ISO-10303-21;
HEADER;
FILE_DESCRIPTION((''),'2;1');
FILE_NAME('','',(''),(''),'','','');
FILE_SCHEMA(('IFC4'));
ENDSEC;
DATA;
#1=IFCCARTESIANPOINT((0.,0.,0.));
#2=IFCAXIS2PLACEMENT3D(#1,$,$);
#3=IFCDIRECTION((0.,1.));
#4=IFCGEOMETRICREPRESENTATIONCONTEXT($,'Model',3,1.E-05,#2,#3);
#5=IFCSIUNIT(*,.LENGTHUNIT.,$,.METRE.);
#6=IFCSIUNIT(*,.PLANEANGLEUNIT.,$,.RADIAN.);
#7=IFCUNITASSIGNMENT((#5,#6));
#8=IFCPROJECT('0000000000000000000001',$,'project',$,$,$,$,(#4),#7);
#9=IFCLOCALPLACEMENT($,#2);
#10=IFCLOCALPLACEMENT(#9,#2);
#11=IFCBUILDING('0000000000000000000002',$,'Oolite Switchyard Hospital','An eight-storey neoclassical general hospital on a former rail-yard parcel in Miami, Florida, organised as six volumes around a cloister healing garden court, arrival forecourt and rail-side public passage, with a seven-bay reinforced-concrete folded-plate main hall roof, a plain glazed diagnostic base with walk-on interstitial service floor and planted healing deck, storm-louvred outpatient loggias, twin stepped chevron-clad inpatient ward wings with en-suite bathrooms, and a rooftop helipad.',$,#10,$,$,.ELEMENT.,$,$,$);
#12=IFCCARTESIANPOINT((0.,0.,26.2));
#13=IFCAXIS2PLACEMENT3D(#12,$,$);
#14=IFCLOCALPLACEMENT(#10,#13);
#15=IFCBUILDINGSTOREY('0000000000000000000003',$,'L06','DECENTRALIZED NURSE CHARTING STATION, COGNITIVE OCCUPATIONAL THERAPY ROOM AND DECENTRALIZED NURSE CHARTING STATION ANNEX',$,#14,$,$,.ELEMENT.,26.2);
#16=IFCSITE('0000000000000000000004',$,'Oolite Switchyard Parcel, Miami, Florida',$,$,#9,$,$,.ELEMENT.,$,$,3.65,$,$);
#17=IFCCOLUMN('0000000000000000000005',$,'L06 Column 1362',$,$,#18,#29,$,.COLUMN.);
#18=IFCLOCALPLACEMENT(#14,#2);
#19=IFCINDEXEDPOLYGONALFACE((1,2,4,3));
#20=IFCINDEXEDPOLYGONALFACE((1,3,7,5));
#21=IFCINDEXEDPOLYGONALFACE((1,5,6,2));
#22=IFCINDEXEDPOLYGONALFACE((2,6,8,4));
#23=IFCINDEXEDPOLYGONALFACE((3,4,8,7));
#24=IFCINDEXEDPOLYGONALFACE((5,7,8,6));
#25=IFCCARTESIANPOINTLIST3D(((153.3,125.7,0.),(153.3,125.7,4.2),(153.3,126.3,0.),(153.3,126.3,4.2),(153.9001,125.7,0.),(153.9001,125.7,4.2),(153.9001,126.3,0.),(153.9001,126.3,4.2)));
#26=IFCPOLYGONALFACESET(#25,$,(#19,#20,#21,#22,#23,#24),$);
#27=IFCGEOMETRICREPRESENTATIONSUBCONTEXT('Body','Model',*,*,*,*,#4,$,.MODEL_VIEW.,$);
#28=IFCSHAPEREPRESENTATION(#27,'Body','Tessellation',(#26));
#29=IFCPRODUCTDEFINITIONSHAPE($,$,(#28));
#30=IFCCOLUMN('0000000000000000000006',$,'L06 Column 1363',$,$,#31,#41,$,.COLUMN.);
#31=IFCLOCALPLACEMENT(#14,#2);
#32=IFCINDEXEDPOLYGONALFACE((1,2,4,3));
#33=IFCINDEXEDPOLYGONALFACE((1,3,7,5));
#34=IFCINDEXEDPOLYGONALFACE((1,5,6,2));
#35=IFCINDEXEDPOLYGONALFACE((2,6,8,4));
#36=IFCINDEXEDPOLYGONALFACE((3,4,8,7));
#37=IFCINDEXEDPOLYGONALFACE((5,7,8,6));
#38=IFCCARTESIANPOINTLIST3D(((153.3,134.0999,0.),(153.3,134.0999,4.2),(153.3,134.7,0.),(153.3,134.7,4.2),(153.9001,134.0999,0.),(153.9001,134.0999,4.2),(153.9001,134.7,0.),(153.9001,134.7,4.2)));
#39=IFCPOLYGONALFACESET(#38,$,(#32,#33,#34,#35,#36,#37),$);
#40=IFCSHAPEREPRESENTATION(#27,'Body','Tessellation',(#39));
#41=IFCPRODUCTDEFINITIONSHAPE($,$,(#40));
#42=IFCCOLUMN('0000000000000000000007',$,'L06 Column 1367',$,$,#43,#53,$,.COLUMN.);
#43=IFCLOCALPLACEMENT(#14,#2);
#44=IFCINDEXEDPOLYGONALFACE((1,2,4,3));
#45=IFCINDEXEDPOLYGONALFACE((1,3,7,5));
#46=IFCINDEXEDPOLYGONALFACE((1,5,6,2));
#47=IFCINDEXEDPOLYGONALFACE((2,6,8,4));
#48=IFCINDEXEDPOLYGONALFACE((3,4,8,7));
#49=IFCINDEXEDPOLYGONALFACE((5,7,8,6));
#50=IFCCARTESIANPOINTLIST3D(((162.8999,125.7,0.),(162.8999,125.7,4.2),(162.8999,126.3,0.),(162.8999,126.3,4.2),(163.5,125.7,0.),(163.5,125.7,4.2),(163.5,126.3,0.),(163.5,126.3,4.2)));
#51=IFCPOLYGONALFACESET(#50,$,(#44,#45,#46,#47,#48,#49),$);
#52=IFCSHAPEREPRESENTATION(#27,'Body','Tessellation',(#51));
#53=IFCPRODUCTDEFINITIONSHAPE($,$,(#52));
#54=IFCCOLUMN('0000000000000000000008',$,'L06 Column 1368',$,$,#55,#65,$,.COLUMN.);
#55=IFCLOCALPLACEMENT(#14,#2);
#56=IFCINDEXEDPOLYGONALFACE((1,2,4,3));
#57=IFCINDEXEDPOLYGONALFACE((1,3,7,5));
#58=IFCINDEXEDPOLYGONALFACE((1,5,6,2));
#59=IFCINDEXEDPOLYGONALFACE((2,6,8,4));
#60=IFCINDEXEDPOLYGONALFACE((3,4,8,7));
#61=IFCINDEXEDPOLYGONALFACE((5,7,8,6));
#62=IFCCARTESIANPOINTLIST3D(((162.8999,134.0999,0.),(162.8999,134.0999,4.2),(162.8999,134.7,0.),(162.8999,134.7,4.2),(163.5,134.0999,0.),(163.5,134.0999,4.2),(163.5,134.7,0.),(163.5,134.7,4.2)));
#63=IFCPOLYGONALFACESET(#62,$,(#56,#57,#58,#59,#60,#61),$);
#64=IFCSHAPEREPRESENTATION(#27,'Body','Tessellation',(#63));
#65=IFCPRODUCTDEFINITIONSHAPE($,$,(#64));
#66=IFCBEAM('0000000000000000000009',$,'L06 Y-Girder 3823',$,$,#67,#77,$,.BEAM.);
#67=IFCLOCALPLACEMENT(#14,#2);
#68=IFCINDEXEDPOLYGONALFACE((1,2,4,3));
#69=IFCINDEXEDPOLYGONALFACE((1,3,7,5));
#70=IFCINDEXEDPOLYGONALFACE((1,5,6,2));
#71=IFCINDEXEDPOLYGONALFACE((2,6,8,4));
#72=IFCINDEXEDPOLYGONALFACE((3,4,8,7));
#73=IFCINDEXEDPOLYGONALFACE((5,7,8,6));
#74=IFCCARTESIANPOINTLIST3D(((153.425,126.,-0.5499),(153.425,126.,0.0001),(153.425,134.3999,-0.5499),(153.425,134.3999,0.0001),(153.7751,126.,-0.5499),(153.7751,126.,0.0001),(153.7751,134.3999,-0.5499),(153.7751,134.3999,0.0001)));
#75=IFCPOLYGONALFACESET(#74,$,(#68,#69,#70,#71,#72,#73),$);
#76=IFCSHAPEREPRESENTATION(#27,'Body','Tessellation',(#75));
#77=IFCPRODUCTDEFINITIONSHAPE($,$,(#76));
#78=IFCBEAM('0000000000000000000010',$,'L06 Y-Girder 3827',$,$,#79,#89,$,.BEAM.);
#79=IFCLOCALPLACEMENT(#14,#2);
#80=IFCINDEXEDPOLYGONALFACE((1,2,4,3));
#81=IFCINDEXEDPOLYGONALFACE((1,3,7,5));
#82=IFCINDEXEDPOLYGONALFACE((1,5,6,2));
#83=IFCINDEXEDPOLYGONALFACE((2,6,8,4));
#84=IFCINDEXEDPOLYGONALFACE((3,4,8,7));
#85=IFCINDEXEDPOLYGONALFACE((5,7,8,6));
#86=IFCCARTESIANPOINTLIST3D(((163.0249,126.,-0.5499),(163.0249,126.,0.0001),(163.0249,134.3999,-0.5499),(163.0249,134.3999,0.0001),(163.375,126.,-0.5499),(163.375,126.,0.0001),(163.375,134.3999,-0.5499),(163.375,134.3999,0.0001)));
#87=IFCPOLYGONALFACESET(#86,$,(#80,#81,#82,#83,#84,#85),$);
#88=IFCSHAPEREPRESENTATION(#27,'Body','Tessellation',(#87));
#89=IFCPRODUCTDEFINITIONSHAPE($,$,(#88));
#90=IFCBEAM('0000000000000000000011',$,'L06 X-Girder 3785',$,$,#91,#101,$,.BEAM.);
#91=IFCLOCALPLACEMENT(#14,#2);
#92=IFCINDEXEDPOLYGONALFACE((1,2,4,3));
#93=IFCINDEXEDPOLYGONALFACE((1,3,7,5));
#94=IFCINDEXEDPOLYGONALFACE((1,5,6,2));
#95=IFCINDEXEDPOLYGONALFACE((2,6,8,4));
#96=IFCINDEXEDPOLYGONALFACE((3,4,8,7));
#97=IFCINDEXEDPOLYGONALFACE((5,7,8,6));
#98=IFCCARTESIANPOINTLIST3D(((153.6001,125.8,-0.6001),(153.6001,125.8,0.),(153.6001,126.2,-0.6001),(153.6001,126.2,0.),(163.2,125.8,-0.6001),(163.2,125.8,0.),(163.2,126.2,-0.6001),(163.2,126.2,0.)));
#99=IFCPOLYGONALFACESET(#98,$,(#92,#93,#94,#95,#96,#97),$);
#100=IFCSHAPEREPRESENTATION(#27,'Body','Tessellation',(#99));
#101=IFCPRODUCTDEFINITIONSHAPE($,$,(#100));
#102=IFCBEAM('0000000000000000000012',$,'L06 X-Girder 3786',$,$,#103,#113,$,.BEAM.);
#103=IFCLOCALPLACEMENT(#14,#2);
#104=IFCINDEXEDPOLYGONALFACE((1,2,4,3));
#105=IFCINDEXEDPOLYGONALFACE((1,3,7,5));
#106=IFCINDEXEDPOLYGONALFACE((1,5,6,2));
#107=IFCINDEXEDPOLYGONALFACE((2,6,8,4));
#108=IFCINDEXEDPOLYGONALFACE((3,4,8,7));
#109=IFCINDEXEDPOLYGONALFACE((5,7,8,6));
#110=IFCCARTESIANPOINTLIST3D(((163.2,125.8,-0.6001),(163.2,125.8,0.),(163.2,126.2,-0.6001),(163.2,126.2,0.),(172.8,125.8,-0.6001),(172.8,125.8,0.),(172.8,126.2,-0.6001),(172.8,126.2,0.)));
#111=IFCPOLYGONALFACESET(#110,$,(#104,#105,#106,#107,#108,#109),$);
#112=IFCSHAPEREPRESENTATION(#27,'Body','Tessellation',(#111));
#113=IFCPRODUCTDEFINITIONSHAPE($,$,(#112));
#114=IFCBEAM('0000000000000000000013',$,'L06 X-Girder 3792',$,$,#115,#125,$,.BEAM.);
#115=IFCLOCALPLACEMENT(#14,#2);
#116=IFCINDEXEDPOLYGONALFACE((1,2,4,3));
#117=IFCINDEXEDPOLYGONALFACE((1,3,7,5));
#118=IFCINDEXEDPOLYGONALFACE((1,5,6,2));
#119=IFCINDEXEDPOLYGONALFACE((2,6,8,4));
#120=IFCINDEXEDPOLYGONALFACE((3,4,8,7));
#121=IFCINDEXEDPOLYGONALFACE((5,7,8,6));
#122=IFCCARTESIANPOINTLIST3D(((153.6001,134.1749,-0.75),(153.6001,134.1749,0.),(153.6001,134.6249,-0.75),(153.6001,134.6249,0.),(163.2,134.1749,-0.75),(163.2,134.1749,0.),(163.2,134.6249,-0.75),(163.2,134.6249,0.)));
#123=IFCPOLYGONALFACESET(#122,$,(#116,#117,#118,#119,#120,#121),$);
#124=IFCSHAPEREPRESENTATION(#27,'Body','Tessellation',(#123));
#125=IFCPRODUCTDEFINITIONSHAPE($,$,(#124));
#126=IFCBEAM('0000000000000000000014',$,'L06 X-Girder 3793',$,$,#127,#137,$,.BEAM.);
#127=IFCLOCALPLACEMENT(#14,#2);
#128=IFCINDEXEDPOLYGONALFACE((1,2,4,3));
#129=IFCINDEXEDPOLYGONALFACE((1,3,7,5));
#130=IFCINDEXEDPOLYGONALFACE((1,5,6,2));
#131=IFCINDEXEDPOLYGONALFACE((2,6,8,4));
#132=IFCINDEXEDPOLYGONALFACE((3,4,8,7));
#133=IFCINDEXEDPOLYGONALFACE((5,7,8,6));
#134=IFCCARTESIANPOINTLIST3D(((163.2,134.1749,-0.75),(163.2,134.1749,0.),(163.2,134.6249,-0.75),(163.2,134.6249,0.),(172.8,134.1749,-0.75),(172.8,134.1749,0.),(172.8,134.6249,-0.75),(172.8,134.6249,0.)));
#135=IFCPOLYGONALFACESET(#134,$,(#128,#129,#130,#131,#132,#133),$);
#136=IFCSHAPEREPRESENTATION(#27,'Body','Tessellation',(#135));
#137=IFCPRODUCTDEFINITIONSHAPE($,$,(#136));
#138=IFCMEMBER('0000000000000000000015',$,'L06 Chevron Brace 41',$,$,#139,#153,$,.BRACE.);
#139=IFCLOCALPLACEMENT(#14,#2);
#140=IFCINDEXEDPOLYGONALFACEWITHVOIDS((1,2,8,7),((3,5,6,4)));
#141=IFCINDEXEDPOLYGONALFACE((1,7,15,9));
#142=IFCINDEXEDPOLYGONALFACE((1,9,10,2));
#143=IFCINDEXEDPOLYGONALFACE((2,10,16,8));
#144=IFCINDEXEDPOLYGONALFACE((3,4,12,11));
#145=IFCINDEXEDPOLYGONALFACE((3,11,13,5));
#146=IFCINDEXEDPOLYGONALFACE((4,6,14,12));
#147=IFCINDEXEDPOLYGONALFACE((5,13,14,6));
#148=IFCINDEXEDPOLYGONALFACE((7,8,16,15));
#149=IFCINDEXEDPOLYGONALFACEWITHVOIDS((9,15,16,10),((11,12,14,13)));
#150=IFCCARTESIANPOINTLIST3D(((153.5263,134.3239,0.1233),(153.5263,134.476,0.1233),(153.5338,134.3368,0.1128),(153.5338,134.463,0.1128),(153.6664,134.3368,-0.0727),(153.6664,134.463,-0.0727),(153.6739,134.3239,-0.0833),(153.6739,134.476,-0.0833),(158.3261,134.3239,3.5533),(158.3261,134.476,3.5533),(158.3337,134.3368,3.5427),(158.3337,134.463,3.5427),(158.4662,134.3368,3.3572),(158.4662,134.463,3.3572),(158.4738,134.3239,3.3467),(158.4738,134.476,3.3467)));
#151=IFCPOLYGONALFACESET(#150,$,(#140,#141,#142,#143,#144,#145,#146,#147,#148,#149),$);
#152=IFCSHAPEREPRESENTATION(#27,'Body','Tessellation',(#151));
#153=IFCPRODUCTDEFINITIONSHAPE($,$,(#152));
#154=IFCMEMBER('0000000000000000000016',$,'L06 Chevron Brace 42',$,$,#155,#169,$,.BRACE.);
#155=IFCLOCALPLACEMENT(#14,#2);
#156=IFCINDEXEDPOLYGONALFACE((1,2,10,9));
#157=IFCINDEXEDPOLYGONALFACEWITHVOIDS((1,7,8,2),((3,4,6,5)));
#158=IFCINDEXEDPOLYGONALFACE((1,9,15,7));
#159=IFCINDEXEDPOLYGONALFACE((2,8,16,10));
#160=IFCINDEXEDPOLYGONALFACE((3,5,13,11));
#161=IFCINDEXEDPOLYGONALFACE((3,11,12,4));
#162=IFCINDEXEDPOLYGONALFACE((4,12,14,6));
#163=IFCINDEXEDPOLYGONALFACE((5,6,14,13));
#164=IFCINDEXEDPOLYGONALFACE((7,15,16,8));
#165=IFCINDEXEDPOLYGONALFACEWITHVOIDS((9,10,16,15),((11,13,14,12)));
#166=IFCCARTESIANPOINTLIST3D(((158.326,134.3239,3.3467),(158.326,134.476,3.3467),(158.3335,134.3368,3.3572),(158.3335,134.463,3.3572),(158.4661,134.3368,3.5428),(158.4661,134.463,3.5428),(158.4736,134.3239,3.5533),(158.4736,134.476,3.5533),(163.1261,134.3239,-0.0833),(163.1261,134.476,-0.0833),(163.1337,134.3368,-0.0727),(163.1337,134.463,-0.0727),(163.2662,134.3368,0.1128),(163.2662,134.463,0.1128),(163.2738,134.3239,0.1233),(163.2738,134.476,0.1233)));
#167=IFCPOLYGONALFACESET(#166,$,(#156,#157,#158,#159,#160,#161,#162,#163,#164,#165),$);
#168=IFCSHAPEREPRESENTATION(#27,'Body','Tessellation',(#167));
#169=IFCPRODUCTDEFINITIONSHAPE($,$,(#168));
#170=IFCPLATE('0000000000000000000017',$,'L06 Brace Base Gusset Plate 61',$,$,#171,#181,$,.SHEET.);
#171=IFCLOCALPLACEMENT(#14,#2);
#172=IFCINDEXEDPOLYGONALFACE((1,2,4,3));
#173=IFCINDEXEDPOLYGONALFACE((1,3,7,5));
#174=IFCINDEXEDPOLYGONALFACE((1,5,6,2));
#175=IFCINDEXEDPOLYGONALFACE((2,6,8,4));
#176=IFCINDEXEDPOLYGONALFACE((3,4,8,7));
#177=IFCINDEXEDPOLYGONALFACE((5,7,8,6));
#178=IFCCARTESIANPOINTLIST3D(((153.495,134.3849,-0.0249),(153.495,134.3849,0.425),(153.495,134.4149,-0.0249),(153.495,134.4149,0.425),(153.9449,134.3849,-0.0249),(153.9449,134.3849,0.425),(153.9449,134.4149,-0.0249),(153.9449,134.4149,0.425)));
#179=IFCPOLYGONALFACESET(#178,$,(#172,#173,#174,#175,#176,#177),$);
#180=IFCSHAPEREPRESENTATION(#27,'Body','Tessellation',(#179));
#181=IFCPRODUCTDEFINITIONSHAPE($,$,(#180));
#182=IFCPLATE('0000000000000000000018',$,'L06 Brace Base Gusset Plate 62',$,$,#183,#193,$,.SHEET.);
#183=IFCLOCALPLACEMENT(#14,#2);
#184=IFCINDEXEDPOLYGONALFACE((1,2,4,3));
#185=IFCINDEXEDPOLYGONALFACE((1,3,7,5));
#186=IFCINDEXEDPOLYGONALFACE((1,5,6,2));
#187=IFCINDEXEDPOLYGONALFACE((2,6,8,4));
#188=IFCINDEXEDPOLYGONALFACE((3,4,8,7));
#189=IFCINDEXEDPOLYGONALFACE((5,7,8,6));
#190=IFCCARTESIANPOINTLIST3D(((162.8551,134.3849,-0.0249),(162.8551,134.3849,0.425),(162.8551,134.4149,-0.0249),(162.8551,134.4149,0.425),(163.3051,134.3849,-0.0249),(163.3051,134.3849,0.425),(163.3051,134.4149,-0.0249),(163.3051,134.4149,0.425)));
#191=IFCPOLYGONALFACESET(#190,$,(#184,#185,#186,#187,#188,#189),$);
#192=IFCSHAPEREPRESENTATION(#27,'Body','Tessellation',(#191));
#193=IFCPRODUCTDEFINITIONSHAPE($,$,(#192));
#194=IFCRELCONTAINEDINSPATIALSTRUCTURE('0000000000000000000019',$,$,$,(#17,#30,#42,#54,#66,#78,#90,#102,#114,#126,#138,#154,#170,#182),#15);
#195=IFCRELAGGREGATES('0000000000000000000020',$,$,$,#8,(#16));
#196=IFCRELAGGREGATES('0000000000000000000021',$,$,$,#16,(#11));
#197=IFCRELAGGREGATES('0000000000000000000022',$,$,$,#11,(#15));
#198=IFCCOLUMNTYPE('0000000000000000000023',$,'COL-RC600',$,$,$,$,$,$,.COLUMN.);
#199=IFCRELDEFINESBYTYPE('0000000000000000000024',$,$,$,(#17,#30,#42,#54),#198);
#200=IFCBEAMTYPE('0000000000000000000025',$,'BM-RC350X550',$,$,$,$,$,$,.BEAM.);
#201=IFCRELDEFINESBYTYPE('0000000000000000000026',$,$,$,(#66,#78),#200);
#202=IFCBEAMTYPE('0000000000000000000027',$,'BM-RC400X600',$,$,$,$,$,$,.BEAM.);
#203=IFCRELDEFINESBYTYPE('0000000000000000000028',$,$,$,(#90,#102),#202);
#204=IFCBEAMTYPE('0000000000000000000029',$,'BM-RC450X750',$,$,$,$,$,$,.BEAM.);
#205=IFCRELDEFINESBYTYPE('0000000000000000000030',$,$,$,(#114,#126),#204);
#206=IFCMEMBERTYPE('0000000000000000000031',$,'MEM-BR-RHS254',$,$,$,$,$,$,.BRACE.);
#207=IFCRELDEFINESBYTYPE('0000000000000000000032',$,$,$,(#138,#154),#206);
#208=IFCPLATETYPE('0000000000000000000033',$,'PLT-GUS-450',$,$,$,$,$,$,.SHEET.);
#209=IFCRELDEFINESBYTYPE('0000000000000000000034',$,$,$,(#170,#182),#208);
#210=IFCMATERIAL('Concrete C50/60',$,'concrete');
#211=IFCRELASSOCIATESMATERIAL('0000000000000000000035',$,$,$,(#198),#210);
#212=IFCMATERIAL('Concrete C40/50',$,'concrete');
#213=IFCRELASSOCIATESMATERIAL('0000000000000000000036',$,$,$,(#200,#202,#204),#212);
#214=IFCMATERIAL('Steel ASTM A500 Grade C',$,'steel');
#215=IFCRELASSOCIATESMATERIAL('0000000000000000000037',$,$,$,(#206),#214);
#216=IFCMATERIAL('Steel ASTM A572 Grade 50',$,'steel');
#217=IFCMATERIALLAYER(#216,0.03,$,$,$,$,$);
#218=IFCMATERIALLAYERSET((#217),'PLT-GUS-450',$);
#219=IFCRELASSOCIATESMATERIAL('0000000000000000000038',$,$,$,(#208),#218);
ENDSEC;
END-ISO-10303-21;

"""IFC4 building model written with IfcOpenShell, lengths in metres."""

from ifc_helpers import new_model, si_unit, direction, frame, origin, origin_2d, place, context, subcontext, project, spatial, rectangle, hollow_rectangle, extrude, material, layer, layer_set, material_profile, profile_set, type_object, element, save


model = new_model("IFC4")

# Units and contexts
model_context = context("Model", 3, precision=1e-05, world=origin(), true_north=direction((0.0, 1.0)))
body_context = subcontext(model_context, "Body", "Model", "MODEL_VIEW")
ifc_project = project(units=[si_unit("LENGTHUNIT", "METRE"), si_unit("PLANEANGLEUNIT", "RADIAN")], contexts=[model_context])

# Site, building, storey
site_placement = place(None, origin())
site = spatial("IfcSite", under=ifc_project, at=site_placement, Name="Oolite Switchyard Parcel, Miami, Florida", CompositionType="ELEMENT", RefElevation=3.65)
building_placement = place(site_placement, origin())
building = spatial("IfcBuilding", under=site, at=building_placement, Name="Oolite Switchyard Hospital", Description="An eight-storey neoclassical general hospital on a former rail-yard parcel in Miami, Florida, organised as six volumes around a cloister healing garden court, arrival forecourt and rail-side public passage, with a seven-bay reinforced-concrete folded-plate main hall roof, a plain glazed diagnostic base with walk-on interstitial service floor and planted healing deck, storm-louvred outpatient loggias, twin stepped chevron-clad inpatient ward wings with en-suite bathrooms, and a rooftop helipad.", CompositionType="ELEMENT")
storey_placement = place(building_placement, frame((0.0, 0.0, 26.2)))
storey = spatial("IfcBuildingStorey", under=building, at=storey_placement, Name="L06", Description="DECENTRALIZED NURSE CHARTING STATION, COGNITIVE OCCUPATIONAL THERAPY ROOM AND DECENTRALIZED NURSE CHARTING STATION ANNEX", CompositionType="ELEMENT", Elevation=26.2)

# Columns
ifc_material_1 = material(Name="Concrete C50/60", Category="concrete")
ifc_material_profile_1 = material_profile(ifc_material_1, rectangle(XDim=0.6001, YDim=0.6001, at=origin_2d()), Name="RC600X600")
ifc_profile_set_1 = profile_set([ifc_material_profile_1], Name="Concrete C50/60")
column_type = type_object("IfcColumnType", Name="COL-RC600", PredefinedType="COLUMN", material=ifc_profile_set_1)
for number, where, z_axis, x_axis, name in (
    (1, (153.6001, 126.0, 0.0), (0.0, 0.0, 1.0), (1.0, 0.0, 0.0), "L06 Column 1362"),
    (2, (153.6001, 134.3999, 0.0), (0.0, 0.0, 1.0), (1.0, 0.0, 0.0), "L06 Column 1363"),
    (3, (163.2, 126.0, 0.0), (0.0, 0.0, 1.0), (1.0, 0.0, 0.0), "L06 Column 1367"),
    (4, (163.2, 134.3999, 0.0), (0.0, 0.0, 1.0), (1.0, 0.0, 0.0), "L06 Column 1368"),
):
    element("IfcColumn", number, at=place(storey_placement, frame(where, z_axis=z_axis, x_axis=x_axis)), inside=storey, type_object=column_type, Name=name, PredefinedType="COLUMN", context=body_context, shape_type="SweptSolid", body=[
        extrude(rectangle(XDim=0.6001, YDim=0.6001, at=origin_2d()), origin(), (0.0, 0.0, 1.0), 4.2),
    ])

# Beams
ifc_material_2 = material(Name="Concrete C40/50", Category="concrete")
ifc_material_profile_2 = material_profile(ifc_material_2, rectangle(XDim=0.3501, YDim=0.55, at=origin_2d()), Name="RCB350X550")
ifc_profile_set_2 = profile_set([ifc_material_profile_2], Name="Concrete C40/50")
beam_type_1 = type_object("IfcBeamType", Name="BM-RC350X550", PredefinedType="BEAM", material=ifc_profile_set_2)
for number, where, z_axis, x_axis, name in (
    (5, (153.6001, 126.0, -0.2749), (0.0, 1.0, 0.0), (-1.0, 0.0, 0.0), "L06 Y-Girder 3823"),
    (6, (163.2, 126.0, -0.2749), (0.0, 1.0, 0.0), (-1.0, 0.0, 0.0), "L06 Y-Girder 3827"),
):
    element("IfcBeam", number, at=place(storey_placement, frame(where, z_axis=z_axis, x_axis=x_axis)), inside=storey, type_object=beam_type_1, Name=name, PredefinedType="BEAM", context=body_context, shape_type="SweptSolid", body=[
        extrude(rectangle(XDim=0.3501, YDim=0.55, at=origin_2d()), origin(), (0.0, 0.0, 1.0), 8.3999),
    ])
ifc_material_profile_3 = material_profile(ifc_material_2, rectangle(XDim=0.3999, YDim=0.6001, at=origin_2d()), Name="RCB400X600")
ifc_profile_set_3 = profile_set([ifc_material_profile_3], Name="Concrete C40/50")
beam_type_2 = type_object("IfcBeamType", Name="BM-RC400X600", PredefinedType="BEAM", material=ifc_profile_set_3)
beam_1_placement = place(storey_placement, frame((153.6001, 126.0, -0.3), z_axis=(1.0, 0.0, 0.0), x_axis=(0.0, 1.0, 0.0)))
element("IfcBeam", 7, at=beam_1_placement, inside=storey, type_object=beam_type_2, Name="L06 X-Girder 3785", PredefinedType="BEAM", context=body_context, shape_type="SweptSolid", body=[
    extrude(rectangle(XDim=0.3999, YDim=0.6001, at=origin_2d()), origin(), (0.0, 0.0, 1.0), 9.5999),
])
beam_2_placement = place(storey_placement, frame((163.2, 126.0, -0.3), z_axis=(1.0, 0.0, 0.0), x_axis=(0.0, 1.0, 0.0)))
element("IfcBeam", 8, at=beam_2_placement, inside=storey, type_object=beam_type_2, Name="L06 X-Girder 3786", PredefinedType="BEAM", context=body_context, shape_type="SweptSolid", body=[
    extrude(rectangle(XDim=0.3999, YDim=0.6001, at=origin_2d()), origin(), (0.0, 0.0, 1.0), 9.6001),
])
ifc_material_profile_4 = material_profile(ifc_material_2, rectangle(XDim=0.45, YDim=0.75, at=origin_2d()), Name="RCB450X750")
ifc_profile_set_4 = profile_set([ifc_material_profile_4], Name="Concrete C40/50")
beam_type_3 = type_object("IfcBeamType", Name="BM-RC450X750", PredefinedType="BEAM", material=ifc_profile_set_4)
beam_3_placement = place(storey_placement, frame((153.6001, 134.3999, -0.375), z_axis=(1.0, 0.0, 0.0), x_axis=(0.0, 1.0, 0.0)))
element("IfcBeam", 9, at=beam_3_placement, inside=storey, type_object=beam_type_3, Name="L06 X-Girder 3792", PredefinedType="BEAM", context=body_context, shape_type="SweptSolid", body=[
    extrude(rectangle(XDim=0.45, YDim=0.75, at=origin_2d()), origin(), (0.0, 0.0, 1.0), 9.5999),
])
beam_4_placement = place(storey_placement, frame((163.2, 134.3999, -0.375), z_axis=(1.0, 0.0, 0.0), x_axis=(0.0, 1.0, 0.0)))
element("IfcBeam", 10, at=beam_4_placement, inside=storey, type_object=beam_type_3, Name="L06 X-Girder 3793", PredefinedType="BEAM", context=body_context, shape_type="SweptSolid", body=[
    extrude(rectangle(XDim=0.45, YDim=0.75, at=origin_2d()), origin(), (0.0, 0.0, 1.0), 9.6001),
])

# Members
ifc_material_3 = material(Name="Steel ASTM A500 Grade C", Category="steel")
ifc_material_profile_5 = material_profile(ifc_material_3, hollow_rectangle(XDim=0.1521, YDim=0.2539, WallThickness=0.0129, at=origin_2d()), Name="HSS254X152X13")
ifc_profile_set_5 = profile_set([ifc_material_profile_5], Name="Steel ASTM A500 Grade C")
member_type = type_object("IfcMemberType", Name="MEM-BR-RHS254", PredefinedType="BRACE", material=ifc_profile_set_5)
member_1_placement = place(storey_placement, frame((153.6001, 134.3999, 0.02), z_axis=(0.813613, 0.0, 0.581407), x_axis=(0.0, 1.0, 0.0)))
element("IfcMember", 11, at=member_1_placement, inside=storey, type_object=member_type, Name="L06 Chevron Brace 41", PredefinedType="BRACE", context=body_context, shape_type="SweptSolid", body=[
    extrude(hollow_rectangle(XDim=0.1521, YDim=0.2539, WallThickness=0.0129, at=origin_2d()), origin(), (0.0, 0.0, 1.0), 5.8994),
])
member_2_placement = place(storey_placement, frame((163.2, 134.3999, 0.02), z_axis=(-0.813627, 0.0, 0.581387), x_axis=(0.0, -1.0, 0.0)))
element("IfcMember", 12, at=member_2_placement, inside=storey, type_object=member_type, Name="L06 Chevron Brace 42", PredefinedType="BRACE", context=body_context, shape_type="SweptSolid", body=[
    extrude(hollow_rectangle(XDim=0.1521, YDim=0.2539, WallThickness=0.0129, at=origin_2d()), origin(), (0.0, 0.0, 1.0), 5.8997),
])

# Plates
ifc_material_4 = material(Name="Steel ASTM A572 Grade 50", Category="steel")
ifc_layer_1 = layer(ifc_material_4, 0.03)
ifc_layer_set_1 = layer_set([ifc_layer_1], Name="PLT-GUS-450")
plate_type = type_object("IfcPlateType", Name="PLT-GUS-450", PredefinedType="SHEET", material=ifc_layer_set_1)
for number, where, z_axis, x_axis, name in (
    (13, (153.72, 134.3999, -0.0249), (0.0, 0.0, 1.0), (1.0, 0.0, 0.0), "L06 Brace Base Gusset Plate 61"),
    (14, (163.0801, 134.3999, -0.0249), (0.0, 0.0, 1.0), (1.0, 0.0, 0.0), "L06 Brace Base Gusset Plate 62"),
):
    element("IfcPlate", number, at=place(storey_placement, frame(where, z_axis=z_axis, x_axis=x_axis)), inside=storey, type_object=plate_type, Name=name, PredefinedType="SHEET", context=body_context, shape_type="SweptSolid", body=[
        extrude(rectangle(XDim=0.45, YDim=0.03, at=origin_2d()), origin(), (0.0, 0.0, 1.0), 0.45),
    ])

save(model, "model.ifc")
